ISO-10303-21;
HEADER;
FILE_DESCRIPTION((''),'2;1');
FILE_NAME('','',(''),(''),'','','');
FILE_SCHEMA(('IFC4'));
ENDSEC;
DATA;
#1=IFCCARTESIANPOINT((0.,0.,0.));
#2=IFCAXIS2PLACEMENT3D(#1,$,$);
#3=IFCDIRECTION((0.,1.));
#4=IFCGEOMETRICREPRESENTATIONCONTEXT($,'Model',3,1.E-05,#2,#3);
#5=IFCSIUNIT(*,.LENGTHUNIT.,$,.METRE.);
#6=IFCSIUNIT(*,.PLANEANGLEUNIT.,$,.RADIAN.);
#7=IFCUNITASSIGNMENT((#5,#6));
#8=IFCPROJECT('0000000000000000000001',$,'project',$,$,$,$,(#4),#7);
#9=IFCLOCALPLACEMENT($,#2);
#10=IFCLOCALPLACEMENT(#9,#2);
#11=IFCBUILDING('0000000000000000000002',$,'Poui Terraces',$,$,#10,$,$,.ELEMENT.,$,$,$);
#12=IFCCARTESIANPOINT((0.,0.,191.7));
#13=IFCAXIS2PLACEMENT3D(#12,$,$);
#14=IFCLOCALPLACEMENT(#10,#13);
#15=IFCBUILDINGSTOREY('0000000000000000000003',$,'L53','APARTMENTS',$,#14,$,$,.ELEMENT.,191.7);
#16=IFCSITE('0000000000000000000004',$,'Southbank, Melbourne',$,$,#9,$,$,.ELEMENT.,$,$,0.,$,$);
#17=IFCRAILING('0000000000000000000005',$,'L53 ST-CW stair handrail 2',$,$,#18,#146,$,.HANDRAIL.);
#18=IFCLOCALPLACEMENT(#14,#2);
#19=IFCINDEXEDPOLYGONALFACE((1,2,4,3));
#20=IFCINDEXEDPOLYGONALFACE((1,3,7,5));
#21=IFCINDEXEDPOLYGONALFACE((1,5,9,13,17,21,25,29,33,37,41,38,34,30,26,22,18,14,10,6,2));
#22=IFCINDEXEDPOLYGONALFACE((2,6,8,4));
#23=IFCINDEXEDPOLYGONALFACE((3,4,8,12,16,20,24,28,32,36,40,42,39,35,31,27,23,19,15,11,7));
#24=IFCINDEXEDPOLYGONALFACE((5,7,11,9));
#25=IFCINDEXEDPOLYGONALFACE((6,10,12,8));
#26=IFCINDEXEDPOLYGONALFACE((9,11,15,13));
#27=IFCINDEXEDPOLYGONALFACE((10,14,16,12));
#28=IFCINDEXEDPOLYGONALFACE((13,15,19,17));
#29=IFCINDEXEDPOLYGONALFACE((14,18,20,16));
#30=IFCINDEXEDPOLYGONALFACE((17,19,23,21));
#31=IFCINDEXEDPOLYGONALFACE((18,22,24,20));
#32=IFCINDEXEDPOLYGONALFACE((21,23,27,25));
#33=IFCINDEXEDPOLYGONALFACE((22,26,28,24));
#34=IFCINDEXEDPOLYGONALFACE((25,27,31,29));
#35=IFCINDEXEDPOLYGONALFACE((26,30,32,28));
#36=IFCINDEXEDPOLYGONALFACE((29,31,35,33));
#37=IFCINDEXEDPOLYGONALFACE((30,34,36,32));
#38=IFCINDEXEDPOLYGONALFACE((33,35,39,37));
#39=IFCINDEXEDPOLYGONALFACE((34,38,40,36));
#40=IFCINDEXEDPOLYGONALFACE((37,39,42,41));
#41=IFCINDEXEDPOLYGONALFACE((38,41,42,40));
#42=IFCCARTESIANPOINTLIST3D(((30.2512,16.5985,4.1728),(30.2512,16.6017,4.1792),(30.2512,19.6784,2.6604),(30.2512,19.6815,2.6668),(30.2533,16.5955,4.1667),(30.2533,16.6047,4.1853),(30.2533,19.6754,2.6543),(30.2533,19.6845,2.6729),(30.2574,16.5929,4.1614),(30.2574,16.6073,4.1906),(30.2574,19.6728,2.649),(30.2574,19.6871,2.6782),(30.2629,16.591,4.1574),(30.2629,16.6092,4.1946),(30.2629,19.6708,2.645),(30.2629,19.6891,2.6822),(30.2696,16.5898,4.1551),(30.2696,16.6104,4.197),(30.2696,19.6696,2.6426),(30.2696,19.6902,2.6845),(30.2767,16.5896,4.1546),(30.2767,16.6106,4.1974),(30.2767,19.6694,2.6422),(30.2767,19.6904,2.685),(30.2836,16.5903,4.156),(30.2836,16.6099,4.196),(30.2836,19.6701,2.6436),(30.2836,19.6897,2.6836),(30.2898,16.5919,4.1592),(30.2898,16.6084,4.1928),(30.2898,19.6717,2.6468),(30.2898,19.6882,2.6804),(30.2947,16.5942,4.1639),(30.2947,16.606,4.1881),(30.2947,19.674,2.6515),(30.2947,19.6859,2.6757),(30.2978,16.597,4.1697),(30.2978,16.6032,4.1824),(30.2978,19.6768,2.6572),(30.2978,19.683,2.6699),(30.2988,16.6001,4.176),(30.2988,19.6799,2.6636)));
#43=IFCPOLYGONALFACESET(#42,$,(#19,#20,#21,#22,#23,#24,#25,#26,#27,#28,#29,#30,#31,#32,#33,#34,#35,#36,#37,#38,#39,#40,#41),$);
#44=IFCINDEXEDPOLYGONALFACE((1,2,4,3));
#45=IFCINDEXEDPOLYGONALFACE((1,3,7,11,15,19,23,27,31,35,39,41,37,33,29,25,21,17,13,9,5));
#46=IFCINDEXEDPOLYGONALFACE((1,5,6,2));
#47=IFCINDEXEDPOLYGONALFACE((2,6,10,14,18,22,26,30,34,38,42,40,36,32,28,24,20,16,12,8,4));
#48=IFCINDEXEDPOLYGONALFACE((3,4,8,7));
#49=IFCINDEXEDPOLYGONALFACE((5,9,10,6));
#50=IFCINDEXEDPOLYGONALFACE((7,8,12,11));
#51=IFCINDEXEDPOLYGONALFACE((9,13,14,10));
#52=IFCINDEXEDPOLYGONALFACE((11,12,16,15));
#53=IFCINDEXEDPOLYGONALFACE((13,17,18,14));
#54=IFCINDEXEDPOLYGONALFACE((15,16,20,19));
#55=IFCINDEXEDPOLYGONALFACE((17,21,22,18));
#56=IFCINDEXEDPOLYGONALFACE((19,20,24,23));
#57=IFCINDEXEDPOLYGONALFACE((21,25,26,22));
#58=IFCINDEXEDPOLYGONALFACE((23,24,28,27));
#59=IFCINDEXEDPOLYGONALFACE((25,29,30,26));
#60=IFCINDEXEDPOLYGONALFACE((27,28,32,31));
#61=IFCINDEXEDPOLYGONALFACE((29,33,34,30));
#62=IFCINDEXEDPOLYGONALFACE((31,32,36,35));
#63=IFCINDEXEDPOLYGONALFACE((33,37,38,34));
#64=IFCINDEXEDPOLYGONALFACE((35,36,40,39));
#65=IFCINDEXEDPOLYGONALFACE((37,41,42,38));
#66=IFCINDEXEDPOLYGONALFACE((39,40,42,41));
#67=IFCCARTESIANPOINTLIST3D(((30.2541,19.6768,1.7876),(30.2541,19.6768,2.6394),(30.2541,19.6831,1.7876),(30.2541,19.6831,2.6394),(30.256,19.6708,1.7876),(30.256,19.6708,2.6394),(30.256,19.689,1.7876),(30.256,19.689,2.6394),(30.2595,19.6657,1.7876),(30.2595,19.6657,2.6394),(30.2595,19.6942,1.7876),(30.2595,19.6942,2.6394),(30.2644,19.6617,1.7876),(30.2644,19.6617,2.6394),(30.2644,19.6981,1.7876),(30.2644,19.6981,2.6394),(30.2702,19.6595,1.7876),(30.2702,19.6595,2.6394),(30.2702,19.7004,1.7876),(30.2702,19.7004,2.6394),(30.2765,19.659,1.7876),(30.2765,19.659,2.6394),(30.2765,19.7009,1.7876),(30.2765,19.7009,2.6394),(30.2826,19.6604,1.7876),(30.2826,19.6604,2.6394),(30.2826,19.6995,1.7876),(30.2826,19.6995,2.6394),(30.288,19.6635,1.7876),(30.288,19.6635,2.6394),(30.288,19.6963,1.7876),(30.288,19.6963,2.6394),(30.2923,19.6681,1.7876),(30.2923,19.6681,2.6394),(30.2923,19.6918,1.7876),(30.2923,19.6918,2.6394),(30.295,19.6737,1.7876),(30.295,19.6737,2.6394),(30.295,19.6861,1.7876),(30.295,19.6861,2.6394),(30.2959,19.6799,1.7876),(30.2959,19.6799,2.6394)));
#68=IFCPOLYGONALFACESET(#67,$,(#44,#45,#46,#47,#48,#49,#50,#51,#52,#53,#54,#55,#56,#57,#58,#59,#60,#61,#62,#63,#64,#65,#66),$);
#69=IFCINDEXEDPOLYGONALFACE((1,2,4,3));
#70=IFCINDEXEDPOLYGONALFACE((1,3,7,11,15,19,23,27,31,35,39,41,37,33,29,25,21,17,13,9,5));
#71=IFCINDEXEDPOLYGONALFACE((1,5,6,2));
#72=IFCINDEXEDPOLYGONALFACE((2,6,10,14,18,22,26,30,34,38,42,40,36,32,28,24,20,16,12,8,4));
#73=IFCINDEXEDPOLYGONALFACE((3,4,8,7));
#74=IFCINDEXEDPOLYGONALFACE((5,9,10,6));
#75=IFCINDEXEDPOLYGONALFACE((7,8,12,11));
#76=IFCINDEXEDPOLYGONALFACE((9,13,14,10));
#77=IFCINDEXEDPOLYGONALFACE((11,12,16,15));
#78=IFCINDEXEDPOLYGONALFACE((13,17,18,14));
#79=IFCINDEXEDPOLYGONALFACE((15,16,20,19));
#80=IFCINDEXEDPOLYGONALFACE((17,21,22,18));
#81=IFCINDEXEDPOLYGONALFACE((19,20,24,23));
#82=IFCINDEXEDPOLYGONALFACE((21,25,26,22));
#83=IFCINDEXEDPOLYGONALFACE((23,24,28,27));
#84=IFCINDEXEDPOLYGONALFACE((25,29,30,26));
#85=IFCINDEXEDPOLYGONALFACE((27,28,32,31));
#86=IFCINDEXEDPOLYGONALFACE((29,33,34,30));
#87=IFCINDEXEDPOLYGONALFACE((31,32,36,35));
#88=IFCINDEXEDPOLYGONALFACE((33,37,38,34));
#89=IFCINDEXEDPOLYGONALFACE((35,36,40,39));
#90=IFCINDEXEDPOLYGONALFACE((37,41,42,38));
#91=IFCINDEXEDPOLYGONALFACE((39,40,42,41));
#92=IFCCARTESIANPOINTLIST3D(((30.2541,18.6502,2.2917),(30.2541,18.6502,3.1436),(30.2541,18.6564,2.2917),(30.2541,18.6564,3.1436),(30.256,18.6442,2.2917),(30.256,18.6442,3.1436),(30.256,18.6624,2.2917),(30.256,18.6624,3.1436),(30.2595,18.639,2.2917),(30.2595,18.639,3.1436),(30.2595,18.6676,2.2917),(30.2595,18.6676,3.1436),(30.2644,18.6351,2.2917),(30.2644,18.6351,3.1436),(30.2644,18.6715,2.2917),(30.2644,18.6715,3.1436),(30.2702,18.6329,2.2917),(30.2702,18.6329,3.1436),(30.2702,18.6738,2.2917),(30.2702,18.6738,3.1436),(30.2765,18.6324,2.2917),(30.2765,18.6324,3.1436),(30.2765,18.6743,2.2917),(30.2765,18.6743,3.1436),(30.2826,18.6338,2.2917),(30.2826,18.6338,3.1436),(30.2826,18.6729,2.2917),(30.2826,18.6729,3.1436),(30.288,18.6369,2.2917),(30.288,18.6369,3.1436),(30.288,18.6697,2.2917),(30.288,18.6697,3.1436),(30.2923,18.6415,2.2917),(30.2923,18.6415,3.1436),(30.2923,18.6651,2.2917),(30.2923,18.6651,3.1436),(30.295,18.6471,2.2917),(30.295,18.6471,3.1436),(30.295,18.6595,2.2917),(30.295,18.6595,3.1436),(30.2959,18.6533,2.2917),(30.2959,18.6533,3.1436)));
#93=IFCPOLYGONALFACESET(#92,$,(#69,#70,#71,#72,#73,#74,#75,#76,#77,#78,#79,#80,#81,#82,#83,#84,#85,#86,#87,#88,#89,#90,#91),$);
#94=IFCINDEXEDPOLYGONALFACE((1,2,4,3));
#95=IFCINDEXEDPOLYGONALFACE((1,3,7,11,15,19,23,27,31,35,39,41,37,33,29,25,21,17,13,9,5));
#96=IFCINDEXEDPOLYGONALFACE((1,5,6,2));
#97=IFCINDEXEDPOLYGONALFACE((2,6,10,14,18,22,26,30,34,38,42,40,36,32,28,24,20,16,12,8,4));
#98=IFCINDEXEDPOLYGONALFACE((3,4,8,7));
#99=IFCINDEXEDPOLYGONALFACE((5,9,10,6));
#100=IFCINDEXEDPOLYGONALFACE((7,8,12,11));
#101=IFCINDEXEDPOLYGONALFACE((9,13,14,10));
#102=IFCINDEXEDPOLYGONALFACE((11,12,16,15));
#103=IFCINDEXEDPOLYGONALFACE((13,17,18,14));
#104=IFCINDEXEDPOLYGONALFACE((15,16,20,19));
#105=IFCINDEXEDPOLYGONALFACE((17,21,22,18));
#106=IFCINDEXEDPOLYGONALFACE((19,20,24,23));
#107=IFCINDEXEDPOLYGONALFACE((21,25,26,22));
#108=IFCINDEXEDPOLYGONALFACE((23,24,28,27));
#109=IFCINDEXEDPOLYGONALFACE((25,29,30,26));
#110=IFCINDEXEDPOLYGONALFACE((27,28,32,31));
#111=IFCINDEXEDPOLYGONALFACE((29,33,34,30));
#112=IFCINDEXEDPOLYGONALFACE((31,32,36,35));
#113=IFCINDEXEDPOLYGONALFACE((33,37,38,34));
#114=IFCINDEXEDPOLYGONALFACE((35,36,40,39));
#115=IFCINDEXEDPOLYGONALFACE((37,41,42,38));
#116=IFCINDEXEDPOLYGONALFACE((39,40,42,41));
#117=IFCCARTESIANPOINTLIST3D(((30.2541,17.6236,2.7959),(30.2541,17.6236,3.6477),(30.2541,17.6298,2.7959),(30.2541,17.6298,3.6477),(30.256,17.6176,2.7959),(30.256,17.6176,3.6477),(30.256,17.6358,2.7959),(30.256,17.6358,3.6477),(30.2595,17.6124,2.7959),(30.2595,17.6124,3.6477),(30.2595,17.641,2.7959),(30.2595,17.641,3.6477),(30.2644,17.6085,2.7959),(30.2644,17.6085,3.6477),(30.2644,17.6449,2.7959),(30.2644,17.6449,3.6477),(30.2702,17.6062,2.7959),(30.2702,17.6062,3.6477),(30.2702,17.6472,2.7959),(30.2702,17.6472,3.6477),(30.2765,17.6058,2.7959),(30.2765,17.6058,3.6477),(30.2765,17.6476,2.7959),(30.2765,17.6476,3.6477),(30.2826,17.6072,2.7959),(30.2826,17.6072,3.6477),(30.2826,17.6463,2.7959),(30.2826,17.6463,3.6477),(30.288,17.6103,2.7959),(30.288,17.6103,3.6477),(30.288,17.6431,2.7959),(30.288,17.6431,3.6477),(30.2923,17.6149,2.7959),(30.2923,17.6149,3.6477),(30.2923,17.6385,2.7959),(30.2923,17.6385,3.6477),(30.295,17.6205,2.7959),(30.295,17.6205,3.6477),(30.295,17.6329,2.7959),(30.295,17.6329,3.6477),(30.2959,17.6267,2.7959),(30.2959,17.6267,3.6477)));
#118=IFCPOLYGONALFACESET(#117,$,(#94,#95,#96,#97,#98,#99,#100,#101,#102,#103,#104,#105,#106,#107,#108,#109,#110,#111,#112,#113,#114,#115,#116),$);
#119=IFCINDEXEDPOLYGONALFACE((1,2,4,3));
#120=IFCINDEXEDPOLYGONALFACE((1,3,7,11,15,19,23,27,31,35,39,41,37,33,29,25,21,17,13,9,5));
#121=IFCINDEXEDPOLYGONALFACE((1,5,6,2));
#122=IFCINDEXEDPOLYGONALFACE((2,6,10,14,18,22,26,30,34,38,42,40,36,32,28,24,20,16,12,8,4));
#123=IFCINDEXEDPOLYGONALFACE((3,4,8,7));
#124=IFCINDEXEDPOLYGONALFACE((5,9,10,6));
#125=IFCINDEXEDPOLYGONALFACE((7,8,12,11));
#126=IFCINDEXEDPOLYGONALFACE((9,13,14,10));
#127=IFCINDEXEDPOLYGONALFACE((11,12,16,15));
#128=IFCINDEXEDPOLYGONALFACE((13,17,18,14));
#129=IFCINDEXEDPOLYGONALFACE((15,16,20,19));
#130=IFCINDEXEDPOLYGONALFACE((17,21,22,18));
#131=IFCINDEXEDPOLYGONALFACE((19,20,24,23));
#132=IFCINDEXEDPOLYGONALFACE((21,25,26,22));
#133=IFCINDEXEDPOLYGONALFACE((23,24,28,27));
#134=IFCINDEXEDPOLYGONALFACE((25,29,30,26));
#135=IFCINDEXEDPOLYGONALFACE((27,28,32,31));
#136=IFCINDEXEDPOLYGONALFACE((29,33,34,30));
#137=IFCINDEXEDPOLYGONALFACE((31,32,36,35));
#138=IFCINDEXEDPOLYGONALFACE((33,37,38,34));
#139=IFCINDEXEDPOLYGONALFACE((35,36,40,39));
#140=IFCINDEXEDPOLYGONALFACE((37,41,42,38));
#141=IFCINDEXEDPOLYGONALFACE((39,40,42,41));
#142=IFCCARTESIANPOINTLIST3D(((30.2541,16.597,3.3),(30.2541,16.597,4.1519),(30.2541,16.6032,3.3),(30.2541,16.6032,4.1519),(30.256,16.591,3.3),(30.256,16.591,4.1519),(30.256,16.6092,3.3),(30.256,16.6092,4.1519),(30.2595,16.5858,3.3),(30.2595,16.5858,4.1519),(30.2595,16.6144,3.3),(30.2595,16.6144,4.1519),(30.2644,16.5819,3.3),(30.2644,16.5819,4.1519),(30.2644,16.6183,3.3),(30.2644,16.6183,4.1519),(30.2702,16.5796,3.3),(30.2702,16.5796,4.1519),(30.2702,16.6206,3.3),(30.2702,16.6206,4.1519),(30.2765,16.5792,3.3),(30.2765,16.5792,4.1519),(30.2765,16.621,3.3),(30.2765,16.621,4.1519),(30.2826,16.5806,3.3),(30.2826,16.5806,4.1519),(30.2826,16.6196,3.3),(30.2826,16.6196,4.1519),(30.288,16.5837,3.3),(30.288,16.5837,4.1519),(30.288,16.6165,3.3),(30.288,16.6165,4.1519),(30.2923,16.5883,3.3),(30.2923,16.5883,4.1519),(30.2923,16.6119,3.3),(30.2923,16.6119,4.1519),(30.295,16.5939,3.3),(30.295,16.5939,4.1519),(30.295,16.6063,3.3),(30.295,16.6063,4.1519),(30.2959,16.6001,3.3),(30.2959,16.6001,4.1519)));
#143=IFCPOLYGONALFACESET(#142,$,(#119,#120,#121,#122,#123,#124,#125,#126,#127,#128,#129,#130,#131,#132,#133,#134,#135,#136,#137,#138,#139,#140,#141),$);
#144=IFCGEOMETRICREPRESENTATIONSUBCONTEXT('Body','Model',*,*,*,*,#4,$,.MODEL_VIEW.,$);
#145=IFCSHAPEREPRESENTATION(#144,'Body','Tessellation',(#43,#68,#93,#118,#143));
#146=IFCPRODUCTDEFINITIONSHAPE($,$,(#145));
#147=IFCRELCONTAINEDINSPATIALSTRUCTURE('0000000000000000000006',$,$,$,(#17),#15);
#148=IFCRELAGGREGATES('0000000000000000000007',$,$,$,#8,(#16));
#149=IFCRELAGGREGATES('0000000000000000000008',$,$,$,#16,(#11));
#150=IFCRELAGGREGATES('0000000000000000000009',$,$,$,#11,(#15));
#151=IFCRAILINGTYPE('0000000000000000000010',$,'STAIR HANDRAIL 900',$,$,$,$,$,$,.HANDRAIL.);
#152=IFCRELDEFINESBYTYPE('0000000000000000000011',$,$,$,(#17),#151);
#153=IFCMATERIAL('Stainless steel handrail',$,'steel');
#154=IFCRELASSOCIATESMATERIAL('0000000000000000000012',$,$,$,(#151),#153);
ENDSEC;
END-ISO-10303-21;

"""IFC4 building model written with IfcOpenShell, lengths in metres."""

from ifc_helpers import new_model, si_unit, direction, frame, origin, origin_2d, place, context, subcontext, project, spatial, circle, extrude, material, type_object, element, save


model = new_model("IFC4")

# Units and contexts
model_context = context("Model", 3, precision=1e-05, world=origin(), true_north=direction((0.0, 1.0)))
body_context = subcontext(model_context, "Body", "Model", "MODEL_VIEW")
ifc_project = project(units=[si_unit("LENGTHUNIT", "METRE"), si_unit("PLANEANGLEUNIT", "RADIAN")], contexts=[model_context])

# Site, building, storey
site_placement = place(None, origin())
site = spatial("IfcSite", under=ifc_project, at=site_placement, Name="Southbank, Melbourne", CompositionType="ELEMENT", RefElevation=0.0)
building_placement = place(site_placement, origin())
building = spatial("IfcBuilding", under=site, at=building_placement, Name="Poui Terraces", CompositionType="ELEMENT")
storey_placement = place(building_placement, frame((0.0, 0.0, 191.7)))
storey = spatial("IfcBuildingStorey", under=building, at=storey_placement, Name="L53", Description="APARTMENTS", CompositionType="ELEMENT", Elevation=191.7)

# Railing
ifc_material_1 = material(Name="Stainless steel handrail", Category="steel")
railing_type_1 = type_object("IfcRailingType", Name="STAIR HANDRAIL 900", PredefinedType="HANDRAIL", material=ifc_material_1)
railing_1_placement = place(storey_placement, frame((30.2749, 19.6799, 1.7876)))
element("IfcRailing", 1, at=railing_1_placement, inside=storey, type_object=railing_type_1, Name="L53 ST-CW stair handrail 2", PredefinedType="HANDRAIL", context=body_context, shape_type="SweptSolid", body=[
    extrude(circle(Radius=0.0239, at=origin_2d()), frame((0.0, 0.0, 0.876), z_axis=(0.0, -0.897606, 0.440798), x_axis=(1.0, 0.0, 0.0)), (0.0, 0.0, 1.0), 3.4312),
    extrude(circle(Radius=0.021, at=origin_2d()), origin(), (0.0, 0.0, 1.0), 0.8518),
    extrude(circle(Radius=0.021, at=origin_2d()), frame((0.0, -1.0266, 0.5042)), (0.0, 0.0, 1.0), 0.8518),
    extrude(circle(Radius=0.021, at=origin_2d()), frame((0.0, -2.0532, 1.0083)), (0.0, 0.0, 1.0), 0.8518),
    extrude(circle(Radius=0.021, at=origin_2d()), frame((0.0, -3.0798, 1.5125)), (0.0, 0.0, 1.0), 0.8518),
])

save(model, "model.ifc")
